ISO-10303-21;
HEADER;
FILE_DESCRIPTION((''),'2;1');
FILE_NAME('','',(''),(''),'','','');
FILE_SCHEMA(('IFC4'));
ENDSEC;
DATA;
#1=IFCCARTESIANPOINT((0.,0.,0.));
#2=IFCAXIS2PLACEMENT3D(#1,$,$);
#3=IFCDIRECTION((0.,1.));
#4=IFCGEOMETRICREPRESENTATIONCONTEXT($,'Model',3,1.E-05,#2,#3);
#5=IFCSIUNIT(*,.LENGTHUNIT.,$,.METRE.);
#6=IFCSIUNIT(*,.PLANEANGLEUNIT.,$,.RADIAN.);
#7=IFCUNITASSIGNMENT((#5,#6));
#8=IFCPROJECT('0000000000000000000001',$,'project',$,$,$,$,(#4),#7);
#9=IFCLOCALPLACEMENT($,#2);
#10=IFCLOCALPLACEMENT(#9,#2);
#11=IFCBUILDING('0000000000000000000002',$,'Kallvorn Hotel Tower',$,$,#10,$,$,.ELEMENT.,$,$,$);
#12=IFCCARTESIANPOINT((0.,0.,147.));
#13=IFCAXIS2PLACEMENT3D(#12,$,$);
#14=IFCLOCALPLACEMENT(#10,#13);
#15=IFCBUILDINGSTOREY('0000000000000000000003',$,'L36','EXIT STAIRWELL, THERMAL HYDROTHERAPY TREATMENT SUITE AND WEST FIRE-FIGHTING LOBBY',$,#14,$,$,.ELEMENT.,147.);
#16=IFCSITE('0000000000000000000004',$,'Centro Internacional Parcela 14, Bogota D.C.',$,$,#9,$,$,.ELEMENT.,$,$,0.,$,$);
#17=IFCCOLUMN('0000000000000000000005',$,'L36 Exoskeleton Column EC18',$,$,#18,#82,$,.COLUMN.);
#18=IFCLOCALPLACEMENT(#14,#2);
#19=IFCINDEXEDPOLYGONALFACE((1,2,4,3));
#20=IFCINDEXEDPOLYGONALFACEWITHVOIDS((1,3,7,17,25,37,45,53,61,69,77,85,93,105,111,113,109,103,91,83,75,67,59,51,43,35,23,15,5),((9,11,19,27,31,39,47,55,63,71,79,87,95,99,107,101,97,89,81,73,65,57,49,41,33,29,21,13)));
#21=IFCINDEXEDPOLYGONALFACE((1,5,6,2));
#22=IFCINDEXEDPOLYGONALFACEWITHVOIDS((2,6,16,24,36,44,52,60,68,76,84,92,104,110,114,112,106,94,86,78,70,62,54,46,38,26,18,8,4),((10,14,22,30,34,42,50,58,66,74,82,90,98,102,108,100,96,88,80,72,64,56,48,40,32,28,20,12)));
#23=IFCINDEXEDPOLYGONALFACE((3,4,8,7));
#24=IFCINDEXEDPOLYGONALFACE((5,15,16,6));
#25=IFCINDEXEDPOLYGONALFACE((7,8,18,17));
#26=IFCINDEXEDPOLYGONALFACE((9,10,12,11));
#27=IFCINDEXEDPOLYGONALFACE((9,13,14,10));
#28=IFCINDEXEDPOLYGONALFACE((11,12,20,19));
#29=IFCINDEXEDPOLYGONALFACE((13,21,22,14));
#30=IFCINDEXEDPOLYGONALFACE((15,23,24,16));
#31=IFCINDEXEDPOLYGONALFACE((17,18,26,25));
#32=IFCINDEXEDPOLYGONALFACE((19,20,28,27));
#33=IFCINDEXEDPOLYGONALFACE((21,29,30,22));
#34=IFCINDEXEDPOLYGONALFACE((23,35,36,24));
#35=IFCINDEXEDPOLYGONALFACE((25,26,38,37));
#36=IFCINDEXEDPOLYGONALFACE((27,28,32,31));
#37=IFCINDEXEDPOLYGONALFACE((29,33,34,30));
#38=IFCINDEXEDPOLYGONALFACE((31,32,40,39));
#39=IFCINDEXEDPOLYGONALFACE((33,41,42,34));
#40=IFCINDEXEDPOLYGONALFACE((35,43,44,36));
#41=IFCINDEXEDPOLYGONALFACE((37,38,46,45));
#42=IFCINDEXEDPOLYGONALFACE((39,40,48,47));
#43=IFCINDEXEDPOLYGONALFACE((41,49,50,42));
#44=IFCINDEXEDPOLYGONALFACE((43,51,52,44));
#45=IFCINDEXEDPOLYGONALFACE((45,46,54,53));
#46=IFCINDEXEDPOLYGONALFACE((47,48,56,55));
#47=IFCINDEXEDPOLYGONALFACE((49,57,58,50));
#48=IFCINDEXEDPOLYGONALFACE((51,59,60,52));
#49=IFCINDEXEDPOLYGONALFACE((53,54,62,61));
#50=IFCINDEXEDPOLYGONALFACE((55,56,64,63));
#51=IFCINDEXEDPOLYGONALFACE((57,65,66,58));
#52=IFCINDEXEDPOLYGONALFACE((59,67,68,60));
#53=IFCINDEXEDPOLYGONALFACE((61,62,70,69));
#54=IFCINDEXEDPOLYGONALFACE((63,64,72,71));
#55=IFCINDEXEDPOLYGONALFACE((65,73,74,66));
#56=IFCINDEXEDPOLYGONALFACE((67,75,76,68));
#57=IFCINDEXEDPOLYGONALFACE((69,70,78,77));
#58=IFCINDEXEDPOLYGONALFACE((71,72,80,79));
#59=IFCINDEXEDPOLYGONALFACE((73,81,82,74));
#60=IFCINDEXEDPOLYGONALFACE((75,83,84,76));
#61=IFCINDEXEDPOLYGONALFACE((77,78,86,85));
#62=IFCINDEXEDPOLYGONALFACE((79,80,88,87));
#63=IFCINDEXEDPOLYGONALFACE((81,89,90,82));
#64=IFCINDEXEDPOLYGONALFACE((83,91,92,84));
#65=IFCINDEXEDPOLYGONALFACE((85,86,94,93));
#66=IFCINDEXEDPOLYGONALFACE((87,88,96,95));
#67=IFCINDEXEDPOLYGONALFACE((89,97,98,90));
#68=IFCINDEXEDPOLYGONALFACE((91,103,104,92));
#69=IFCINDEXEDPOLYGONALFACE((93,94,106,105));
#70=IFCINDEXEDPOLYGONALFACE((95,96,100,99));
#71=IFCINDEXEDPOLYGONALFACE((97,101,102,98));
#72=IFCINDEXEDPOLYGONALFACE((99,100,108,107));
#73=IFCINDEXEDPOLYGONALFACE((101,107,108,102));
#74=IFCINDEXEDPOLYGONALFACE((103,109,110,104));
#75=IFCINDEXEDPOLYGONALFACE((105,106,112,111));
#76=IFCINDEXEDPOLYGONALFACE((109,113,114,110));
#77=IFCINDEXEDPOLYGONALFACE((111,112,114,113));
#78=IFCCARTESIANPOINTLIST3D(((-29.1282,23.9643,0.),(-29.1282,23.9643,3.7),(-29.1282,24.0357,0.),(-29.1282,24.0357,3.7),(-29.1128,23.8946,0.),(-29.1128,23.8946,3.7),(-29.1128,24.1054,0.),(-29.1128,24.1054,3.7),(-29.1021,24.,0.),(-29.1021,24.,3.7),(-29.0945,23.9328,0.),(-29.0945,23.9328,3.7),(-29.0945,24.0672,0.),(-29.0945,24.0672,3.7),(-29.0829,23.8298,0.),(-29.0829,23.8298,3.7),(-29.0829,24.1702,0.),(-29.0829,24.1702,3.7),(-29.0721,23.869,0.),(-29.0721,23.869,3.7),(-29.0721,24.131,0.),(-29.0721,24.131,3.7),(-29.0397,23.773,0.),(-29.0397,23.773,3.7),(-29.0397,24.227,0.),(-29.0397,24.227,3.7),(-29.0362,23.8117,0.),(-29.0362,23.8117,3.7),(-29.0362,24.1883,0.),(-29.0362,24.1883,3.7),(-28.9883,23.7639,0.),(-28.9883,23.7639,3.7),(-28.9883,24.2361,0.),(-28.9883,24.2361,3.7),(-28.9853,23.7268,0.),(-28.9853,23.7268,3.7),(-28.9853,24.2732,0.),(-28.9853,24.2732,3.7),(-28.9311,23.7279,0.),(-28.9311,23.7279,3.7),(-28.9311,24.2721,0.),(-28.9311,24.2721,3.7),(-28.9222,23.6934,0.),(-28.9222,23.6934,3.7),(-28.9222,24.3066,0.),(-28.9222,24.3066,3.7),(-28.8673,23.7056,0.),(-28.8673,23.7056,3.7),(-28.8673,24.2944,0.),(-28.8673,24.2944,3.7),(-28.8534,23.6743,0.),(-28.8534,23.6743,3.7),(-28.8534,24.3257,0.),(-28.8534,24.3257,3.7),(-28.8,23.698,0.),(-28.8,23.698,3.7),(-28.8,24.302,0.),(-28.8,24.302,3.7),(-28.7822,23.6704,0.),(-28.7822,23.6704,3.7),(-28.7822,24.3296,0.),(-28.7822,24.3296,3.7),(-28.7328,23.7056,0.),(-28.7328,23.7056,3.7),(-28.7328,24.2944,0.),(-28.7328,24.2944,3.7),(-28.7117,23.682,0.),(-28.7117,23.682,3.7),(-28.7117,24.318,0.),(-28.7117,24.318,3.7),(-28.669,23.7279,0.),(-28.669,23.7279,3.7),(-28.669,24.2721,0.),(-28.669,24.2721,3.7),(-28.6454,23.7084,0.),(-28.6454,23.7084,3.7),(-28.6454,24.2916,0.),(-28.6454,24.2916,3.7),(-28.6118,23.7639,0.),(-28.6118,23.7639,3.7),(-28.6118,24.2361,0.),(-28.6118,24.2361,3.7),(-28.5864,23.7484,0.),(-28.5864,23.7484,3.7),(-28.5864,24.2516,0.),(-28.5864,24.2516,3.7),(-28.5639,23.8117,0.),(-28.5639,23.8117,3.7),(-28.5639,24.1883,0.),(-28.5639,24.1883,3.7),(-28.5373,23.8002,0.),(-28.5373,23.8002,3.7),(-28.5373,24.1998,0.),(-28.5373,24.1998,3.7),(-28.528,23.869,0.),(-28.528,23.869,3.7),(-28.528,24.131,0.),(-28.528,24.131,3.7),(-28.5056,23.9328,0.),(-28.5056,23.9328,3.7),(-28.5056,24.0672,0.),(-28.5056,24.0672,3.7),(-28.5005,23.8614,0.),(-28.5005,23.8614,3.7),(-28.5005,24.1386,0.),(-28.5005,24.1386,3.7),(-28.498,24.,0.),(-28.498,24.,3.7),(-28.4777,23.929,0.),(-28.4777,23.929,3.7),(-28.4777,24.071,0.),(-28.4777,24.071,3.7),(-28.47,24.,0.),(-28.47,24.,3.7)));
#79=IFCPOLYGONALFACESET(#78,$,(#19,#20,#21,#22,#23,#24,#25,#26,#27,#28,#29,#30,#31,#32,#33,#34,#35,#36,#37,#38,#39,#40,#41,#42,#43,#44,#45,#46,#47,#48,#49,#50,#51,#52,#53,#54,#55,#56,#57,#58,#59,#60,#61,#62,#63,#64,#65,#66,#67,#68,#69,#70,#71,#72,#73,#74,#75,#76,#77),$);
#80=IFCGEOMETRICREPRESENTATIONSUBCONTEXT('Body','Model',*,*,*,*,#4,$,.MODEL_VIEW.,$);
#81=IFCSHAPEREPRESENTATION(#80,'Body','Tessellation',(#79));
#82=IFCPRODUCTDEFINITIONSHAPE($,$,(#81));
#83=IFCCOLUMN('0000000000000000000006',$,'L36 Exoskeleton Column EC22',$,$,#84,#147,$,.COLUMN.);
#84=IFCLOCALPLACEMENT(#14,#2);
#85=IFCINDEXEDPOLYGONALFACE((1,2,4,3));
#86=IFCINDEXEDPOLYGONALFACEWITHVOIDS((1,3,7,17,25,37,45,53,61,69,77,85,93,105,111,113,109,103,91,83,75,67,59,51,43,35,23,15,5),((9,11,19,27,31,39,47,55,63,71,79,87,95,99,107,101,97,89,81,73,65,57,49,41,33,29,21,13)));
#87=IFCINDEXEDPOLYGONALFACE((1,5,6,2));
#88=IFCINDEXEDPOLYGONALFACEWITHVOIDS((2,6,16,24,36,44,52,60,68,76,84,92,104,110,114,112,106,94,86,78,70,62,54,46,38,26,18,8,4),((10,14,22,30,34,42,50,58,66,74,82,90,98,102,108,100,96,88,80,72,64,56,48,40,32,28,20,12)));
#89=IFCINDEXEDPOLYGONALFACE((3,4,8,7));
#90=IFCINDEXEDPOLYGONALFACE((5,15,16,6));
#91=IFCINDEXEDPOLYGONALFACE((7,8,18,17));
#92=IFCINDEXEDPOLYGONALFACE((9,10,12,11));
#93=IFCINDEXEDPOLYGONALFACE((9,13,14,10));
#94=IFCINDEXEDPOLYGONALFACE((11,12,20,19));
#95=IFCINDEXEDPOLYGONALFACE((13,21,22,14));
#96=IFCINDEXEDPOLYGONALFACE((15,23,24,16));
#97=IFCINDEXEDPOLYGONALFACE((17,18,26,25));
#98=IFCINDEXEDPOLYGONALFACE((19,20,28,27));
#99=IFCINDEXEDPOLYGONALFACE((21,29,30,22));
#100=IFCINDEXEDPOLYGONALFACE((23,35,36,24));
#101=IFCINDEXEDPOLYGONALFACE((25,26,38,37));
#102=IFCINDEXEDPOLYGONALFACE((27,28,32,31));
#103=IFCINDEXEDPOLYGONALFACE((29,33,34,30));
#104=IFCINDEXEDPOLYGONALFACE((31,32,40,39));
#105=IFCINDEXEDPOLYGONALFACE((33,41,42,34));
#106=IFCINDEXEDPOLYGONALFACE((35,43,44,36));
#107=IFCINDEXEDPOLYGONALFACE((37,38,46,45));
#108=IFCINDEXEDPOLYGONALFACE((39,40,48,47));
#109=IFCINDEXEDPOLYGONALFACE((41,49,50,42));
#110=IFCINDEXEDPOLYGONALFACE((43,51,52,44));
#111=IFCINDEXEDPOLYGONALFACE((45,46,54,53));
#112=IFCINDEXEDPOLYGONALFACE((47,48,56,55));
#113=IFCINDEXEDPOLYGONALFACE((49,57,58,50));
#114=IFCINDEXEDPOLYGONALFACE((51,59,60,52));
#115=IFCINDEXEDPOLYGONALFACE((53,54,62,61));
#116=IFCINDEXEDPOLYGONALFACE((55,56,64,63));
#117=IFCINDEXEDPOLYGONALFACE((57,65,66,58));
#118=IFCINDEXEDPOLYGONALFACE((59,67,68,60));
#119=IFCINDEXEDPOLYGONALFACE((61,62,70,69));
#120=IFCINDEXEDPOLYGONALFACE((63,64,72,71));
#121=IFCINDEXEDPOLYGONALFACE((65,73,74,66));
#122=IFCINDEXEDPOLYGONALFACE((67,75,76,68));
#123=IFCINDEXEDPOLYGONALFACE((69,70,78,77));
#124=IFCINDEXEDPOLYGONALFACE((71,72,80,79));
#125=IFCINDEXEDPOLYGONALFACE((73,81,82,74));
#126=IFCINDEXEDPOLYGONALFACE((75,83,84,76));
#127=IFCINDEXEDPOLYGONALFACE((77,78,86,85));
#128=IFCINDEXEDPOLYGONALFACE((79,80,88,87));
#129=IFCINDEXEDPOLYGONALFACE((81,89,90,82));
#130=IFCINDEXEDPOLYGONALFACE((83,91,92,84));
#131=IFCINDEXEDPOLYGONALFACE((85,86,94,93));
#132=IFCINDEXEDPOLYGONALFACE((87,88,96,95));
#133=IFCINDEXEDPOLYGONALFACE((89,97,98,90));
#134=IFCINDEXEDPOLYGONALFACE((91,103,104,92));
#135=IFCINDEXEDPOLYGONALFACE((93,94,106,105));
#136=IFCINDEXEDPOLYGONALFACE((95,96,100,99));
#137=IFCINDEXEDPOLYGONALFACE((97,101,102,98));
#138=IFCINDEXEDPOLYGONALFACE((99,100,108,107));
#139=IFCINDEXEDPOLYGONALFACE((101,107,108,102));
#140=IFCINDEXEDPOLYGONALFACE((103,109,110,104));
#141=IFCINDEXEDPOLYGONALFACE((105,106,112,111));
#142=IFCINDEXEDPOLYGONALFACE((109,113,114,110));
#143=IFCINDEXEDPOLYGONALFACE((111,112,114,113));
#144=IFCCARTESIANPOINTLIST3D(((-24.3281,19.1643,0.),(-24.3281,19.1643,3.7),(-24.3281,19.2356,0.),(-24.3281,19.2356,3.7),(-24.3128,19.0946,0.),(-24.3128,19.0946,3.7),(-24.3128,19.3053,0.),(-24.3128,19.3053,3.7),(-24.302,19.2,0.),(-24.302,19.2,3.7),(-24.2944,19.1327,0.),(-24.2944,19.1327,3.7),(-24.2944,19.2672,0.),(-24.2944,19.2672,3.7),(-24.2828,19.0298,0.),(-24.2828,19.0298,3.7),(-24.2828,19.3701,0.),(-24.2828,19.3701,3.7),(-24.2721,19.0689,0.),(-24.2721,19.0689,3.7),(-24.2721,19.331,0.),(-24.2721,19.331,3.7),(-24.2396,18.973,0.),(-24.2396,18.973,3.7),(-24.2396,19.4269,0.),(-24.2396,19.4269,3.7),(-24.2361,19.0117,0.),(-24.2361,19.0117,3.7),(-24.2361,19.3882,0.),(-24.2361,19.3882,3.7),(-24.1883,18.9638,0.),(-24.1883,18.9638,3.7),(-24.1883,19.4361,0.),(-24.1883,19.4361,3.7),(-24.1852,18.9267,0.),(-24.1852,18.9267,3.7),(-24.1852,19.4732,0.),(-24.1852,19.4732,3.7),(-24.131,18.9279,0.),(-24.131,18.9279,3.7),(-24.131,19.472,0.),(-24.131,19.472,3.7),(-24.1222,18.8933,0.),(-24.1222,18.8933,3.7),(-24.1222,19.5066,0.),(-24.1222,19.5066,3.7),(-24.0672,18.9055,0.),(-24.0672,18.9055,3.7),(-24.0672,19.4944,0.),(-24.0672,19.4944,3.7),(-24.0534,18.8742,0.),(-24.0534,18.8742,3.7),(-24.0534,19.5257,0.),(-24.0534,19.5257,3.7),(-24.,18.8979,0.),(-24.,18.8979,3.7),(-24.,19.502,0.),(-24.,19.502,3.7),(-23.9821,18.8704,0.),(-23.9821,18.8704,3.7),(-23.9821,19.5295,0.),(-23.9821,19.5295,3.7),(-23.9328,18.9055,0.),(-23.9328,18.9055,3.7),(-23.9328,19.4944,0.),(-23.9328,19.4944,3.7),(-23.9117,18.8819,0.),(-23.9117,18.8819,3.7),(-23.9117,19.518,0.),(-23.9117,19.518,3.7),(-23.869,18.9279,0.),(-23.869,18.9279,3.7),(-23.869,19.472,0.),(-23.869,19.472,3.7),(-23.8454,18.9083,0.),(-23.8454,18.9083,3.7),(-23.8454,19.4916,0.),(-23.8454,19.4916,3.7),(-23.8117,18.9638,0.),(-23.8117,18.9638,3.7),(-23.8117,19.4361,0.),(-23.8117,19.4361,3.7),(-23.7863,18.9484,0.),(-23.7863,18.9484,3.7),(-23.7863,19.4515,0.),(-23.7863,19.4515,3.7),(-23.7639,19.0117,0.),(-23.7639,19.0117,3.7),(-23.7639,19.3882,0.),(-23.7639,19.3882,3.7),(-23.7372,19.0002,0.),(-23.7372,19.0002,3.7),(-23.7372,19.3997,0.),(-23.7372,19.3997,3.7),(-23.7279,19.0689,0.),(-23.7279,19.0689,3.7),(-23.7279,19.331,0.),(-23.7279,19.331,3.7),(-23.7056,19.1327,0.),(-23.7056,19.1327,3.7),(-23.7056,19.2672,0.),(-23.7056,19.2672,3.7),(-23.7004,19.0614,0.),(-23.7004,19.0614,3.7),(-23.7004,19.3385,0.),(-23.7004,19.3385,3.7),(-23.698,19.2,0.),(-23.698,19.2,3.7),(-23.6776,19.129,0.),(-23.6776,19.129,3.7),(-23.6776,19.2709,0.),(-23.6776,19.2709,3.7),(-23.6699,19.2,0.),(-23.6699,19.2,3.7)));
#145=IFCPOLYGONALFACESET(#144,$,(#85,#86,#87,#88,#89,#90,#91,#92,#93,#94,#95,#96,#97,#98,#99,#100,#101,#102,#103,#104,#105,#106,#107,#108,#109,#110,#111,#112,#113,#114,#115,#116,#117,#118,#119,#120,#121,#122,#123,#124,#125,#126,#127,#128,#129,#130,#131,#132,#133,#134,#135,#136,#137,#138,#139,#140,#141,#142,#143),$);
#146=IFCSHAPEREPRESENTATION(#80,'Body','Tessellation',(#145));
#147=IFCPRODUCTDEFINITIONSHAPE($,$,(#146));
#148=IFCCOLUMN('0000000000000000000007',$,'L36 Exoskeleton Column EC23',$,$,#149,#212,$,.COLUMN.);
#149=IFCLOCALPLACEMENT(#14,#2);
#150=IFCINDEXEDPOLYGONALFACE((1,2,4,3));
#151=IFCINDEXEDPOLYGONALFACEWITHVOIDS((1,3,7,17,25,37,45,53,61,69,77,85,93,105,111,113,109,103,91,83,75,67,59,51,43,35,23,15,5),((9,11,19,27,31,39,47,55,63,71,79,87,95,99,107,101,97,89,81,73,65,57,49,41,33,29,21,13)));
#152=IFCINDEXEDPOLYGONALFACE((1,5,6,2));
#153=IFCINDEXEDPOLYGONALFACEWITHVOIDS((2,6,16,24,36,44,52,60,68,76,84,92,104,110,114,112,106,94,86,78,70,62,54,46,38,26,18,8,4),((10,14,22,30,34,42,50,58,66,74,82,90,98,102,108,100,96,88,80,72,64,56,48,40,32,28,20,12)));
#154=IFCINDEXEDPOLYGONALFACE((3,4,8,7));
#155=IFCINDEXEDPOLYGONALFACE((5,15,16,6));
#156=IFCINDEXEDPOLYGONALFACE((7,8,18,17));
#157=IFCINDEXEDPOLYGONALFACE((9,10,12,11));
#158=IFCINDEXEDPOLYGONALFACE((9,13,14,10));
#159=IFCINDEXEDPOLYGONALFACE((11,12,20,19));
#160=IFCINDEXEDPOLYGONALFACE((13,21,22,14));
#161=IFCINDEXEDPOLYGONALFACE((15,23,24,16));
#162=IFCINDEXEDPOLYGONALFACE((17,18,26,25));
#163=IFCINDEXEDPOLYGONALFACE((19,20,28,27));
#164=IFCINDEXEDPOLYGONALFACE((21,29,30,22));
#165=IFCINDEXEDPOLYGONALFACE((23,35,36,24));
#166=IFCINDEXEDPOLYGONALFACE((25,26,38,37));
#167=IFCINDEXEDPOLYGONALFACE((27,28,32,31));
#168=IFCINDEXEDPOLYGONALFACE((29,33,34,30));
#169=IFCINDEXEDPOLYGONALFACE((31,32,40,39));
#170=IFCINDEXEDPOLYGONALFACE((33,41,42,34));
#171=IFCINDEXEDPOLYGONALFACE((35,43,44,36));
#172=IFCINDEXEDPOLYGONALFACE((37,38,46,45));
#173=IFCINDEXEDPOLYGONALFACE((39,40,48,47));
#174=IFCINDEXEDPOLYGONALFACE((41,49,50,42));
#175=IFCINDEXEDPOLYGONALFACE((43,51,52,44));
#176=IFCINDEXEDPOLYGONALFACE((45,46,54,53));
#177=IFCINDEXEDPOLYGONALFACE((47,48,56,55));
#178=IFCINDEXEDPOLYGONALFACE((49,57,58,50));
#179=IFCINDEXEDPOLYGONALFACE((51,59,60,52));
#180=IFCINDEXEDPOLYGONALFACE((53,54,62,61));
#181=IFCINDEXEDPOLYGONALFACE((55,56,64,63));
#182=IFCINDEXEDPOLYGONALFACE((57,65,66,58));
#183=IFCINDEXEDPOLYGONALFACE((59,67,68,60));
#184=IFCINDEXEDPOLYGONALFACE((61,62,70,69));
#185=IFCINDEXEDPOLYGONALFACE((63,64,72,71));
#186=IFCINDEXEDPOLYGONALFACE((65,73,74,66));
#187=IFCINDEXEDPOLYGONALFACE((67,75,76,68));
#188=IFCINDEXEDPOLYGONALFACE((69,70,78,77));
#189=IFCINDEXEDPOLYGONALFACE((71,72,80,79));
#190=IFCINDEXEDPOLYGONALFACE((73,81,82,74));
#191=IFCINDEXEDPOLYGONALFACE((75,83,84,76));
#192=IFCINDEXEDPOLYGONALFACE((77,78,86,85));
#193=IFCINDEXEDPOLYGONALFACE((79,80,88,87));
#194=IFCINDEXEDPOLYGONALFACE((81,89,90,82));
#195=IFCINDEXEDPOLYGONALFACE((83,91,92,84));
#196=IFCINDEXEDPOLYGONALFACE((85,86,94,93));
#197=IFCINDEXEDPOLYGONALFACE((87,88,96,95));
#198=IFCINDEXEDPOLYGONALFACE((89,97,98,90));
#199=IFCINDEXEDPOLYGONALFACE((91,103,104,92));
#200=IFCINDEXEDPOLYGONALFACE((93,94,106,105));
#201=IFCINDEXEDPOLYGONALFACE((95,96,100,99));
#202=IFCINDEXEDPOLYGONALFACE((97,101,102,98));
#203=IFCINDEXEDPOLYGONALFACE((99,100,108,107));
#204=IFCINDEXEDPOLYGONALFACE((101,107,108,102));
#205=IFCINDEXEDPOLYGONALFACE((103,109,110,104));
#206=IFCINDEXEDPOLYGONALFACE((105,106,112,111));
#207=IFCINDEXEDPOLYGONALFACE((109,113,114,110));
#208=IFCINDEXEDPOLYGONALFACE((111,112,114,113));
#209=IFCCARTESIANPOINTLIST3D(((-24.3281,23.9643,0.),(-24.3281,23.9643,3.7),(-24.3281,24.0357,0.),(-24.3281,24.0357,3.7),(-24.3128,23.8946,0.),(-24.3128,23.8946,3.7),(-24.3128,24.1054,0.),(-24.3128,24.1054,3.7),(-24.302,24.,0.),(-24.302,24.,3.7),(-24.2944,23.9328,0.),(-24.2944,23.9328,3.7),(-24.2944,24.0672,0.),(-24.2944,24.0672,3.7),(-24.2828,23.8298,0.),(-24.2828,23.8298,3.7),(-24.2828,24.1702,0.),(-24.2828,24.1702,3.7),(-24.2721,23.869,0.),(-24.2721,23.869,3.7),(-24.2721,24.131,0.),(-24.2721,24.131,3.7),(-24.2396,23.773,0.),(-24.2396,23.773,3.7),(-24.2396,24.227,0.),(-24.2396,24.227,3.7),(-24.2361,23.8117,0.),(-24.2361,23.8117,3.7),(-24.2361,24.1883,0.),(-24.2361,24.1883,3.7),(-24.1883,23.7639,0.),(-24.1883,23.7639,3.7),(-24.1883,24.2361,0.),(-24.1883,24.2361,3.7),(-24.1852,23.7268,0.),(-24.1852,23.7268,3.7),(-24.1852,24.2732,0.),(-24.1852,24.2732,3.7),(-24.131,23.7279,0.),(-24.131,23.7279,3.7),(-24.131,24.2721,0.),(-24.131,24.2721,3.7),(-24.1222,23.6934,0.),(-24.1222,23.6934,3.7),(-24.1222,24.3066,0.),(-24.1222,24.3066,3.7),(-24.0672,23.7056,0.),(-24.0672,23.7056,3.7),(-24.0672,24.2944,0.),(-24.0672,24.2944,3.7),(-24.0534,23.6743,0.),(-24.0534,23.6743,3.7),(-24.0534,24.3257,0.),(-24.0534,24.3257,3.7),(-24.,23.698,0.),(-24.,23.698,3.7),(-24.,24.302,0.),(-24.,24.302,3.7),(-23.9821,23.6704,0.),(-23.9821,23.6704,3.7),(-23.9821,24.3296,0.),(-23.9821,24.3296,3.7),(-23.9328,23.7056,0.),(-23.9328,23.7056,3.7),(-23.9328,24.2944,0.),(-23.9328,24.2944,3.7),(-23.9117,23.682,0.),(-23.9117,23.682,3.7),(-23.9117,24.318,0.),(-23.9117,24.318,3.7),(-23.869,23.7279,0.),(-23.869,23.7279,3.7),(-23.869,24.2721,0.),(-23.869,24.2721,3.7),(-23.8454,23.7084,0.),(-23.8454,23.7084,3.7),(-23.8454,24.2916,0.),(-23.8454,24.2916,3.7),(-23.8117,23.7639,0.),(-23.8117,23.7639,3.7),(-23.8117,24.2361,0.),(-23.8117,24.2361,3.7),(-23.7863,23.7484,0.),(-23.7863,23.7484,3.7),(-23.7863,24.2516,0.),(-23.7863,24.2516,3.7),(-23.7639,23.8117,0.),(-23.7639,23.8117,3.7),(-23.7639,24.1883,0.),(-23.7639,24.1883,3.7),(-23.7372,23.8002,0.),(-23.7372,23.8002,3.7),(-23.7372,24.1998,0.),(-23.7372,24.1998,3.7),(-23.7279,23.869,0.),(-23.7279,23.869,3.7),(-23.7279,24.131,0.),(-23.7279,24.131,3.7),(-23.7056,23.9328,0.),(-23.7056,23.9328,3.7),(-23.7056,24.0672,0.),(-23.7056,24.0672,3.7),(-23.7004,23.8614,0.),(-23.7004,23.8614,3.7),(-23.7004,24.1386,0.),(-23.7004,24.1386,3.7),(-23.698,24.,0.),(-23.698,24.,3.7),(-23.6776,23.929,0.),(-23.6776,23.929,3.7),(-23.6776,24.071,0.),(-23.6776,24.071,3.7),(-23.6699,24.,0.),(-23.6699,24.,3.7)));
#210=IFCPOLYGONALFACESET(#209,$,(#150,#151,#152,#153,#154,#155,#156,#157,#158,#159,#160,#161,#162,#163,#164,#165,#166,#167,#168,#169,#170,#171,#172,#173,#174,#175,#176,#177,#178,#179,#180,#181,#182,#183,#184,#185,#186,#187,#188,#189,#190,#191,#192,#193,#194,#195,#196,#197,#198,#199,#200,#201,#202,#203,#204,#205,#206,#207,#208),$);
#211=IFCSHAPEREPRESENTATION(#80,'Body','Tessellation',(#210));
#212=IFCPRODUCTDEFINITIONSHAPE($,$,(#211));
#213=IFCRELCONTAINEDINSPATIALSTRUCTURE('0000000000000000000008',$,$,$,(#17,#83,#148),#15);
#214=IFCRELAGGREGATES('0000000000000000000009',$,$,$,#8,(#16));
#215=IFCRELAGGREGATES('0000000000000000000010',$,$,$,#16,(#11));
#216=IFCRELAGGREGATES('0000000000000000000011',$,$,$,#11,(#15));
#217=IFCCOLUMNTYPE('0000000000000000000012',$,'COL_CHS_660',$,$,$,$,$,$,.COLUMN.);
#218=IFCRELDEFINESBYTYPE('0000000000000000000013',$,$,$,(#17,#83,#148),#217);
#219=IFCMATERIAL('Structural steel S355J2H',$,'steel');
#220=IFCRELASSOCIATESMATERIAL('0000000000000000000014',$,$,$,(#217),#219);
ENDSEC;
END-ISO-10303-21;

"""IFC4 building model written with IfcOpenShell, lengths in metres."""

from ifc_helpers import new_model, si_unit, direction, frame, origin, origin_2d, place, context, subcontext, project, spatial, hollow_circle, extrude, material, material_profile, profile_set, type_object, element, save


model = new_model("IFC4")

# Units and contexts
model_context = context("Model", 3, precision=1e-05, world=origin(), true_north=direction((0.0, 1.0)))
body_context = subcontext(model_context, "Body", "Model", "MODEL_VIEW")
ifc_project = project(units=[si_unit("LENGTHUNIT", "METRE"), si_unit("PLANEANGLEUNIT", "RADIAN")], contexts=[model_context])

# Site, building, storey
site_placement = place(None, origin())
site = spatial("IfcSite", under=ifc_project, at=site_placement, Name="Centro Internacional Parcela 14, Bogota D.C.", CompositionType="ELEMENT", RefElevation=0.0)
building_placement = place(site_placement, origin())
building = spatial("IfcBuilding", under=site, at=building_placement, Name="Kallvorn Hotel Tower", CompositionType="ELEMENT")
storey_placement = place(building_placement, frame((0.0, 0.0, 147.0)))
storey = spatial("IfcBuildingStorey", under=building, at=storey_placement, Name="L36", Description="EXIT STAIRWELL, THERMAL HYDROTHERAPY TREATMENT SUITE AND WEST FIRE-FIGHTING LOBBY", CompositionType="ELEMENT", Elevation=147.0)

# Columns
ifc_material_1 = material(Name="Structural steel S355J2H", Category="steel")
ifc_material_profile_1 = material_profile(ifc_material_1, hollow_circle(Radius=0.3301, WallThickness=0.0281, at=origin_2d()), Name="CHS 660x28")
ifc_profile_set_1 = profile_set([ifc_material_profile_1], Name="Structural steel S355J2H")
column_type_1 = type_object("IfcColumnType", Name="COL_CHS_660", PredefinedType="COLUMN", material=ifc_profile_set_1)
for number, where, z_axis, x_axis, name in (
    (1, (-28.8, 24.0, 0.0), (0.0, 0.0, 1.0), (1.0, 0.0, 0.0), "L36 Exoskeleton Column EC18"),
    (2, (-24.0, 19.2, 0.0), (0.0, 0.0, 1.0), (1.0, 0.0, 0.0), "L36 Exoskeleton Column EC22"),
    (3, (-24.0, 24.0, 0.0), (0.0, 0.0, 1.0), (1.0, 0.0, 0.0), "L36 Exoskeleton Column EC23"),
):
    element("IfcColumn", number, at=place(storey_placement, frame(where, z_axis=z_axis, x_axis=x_axis)), inside=storey, type_object=column_type_1, Name=name, PredefinedType="COLUMN", context=body_context, shape_type="SweptSolid", body=[
        extrude(hollow_circle(Radius=0.3301, WallThickness=0.0281, at=origin_2d()), origin(), (0.0, 0.0, 1.0), 3.7),
    ])

save(model, "model.ifc")
